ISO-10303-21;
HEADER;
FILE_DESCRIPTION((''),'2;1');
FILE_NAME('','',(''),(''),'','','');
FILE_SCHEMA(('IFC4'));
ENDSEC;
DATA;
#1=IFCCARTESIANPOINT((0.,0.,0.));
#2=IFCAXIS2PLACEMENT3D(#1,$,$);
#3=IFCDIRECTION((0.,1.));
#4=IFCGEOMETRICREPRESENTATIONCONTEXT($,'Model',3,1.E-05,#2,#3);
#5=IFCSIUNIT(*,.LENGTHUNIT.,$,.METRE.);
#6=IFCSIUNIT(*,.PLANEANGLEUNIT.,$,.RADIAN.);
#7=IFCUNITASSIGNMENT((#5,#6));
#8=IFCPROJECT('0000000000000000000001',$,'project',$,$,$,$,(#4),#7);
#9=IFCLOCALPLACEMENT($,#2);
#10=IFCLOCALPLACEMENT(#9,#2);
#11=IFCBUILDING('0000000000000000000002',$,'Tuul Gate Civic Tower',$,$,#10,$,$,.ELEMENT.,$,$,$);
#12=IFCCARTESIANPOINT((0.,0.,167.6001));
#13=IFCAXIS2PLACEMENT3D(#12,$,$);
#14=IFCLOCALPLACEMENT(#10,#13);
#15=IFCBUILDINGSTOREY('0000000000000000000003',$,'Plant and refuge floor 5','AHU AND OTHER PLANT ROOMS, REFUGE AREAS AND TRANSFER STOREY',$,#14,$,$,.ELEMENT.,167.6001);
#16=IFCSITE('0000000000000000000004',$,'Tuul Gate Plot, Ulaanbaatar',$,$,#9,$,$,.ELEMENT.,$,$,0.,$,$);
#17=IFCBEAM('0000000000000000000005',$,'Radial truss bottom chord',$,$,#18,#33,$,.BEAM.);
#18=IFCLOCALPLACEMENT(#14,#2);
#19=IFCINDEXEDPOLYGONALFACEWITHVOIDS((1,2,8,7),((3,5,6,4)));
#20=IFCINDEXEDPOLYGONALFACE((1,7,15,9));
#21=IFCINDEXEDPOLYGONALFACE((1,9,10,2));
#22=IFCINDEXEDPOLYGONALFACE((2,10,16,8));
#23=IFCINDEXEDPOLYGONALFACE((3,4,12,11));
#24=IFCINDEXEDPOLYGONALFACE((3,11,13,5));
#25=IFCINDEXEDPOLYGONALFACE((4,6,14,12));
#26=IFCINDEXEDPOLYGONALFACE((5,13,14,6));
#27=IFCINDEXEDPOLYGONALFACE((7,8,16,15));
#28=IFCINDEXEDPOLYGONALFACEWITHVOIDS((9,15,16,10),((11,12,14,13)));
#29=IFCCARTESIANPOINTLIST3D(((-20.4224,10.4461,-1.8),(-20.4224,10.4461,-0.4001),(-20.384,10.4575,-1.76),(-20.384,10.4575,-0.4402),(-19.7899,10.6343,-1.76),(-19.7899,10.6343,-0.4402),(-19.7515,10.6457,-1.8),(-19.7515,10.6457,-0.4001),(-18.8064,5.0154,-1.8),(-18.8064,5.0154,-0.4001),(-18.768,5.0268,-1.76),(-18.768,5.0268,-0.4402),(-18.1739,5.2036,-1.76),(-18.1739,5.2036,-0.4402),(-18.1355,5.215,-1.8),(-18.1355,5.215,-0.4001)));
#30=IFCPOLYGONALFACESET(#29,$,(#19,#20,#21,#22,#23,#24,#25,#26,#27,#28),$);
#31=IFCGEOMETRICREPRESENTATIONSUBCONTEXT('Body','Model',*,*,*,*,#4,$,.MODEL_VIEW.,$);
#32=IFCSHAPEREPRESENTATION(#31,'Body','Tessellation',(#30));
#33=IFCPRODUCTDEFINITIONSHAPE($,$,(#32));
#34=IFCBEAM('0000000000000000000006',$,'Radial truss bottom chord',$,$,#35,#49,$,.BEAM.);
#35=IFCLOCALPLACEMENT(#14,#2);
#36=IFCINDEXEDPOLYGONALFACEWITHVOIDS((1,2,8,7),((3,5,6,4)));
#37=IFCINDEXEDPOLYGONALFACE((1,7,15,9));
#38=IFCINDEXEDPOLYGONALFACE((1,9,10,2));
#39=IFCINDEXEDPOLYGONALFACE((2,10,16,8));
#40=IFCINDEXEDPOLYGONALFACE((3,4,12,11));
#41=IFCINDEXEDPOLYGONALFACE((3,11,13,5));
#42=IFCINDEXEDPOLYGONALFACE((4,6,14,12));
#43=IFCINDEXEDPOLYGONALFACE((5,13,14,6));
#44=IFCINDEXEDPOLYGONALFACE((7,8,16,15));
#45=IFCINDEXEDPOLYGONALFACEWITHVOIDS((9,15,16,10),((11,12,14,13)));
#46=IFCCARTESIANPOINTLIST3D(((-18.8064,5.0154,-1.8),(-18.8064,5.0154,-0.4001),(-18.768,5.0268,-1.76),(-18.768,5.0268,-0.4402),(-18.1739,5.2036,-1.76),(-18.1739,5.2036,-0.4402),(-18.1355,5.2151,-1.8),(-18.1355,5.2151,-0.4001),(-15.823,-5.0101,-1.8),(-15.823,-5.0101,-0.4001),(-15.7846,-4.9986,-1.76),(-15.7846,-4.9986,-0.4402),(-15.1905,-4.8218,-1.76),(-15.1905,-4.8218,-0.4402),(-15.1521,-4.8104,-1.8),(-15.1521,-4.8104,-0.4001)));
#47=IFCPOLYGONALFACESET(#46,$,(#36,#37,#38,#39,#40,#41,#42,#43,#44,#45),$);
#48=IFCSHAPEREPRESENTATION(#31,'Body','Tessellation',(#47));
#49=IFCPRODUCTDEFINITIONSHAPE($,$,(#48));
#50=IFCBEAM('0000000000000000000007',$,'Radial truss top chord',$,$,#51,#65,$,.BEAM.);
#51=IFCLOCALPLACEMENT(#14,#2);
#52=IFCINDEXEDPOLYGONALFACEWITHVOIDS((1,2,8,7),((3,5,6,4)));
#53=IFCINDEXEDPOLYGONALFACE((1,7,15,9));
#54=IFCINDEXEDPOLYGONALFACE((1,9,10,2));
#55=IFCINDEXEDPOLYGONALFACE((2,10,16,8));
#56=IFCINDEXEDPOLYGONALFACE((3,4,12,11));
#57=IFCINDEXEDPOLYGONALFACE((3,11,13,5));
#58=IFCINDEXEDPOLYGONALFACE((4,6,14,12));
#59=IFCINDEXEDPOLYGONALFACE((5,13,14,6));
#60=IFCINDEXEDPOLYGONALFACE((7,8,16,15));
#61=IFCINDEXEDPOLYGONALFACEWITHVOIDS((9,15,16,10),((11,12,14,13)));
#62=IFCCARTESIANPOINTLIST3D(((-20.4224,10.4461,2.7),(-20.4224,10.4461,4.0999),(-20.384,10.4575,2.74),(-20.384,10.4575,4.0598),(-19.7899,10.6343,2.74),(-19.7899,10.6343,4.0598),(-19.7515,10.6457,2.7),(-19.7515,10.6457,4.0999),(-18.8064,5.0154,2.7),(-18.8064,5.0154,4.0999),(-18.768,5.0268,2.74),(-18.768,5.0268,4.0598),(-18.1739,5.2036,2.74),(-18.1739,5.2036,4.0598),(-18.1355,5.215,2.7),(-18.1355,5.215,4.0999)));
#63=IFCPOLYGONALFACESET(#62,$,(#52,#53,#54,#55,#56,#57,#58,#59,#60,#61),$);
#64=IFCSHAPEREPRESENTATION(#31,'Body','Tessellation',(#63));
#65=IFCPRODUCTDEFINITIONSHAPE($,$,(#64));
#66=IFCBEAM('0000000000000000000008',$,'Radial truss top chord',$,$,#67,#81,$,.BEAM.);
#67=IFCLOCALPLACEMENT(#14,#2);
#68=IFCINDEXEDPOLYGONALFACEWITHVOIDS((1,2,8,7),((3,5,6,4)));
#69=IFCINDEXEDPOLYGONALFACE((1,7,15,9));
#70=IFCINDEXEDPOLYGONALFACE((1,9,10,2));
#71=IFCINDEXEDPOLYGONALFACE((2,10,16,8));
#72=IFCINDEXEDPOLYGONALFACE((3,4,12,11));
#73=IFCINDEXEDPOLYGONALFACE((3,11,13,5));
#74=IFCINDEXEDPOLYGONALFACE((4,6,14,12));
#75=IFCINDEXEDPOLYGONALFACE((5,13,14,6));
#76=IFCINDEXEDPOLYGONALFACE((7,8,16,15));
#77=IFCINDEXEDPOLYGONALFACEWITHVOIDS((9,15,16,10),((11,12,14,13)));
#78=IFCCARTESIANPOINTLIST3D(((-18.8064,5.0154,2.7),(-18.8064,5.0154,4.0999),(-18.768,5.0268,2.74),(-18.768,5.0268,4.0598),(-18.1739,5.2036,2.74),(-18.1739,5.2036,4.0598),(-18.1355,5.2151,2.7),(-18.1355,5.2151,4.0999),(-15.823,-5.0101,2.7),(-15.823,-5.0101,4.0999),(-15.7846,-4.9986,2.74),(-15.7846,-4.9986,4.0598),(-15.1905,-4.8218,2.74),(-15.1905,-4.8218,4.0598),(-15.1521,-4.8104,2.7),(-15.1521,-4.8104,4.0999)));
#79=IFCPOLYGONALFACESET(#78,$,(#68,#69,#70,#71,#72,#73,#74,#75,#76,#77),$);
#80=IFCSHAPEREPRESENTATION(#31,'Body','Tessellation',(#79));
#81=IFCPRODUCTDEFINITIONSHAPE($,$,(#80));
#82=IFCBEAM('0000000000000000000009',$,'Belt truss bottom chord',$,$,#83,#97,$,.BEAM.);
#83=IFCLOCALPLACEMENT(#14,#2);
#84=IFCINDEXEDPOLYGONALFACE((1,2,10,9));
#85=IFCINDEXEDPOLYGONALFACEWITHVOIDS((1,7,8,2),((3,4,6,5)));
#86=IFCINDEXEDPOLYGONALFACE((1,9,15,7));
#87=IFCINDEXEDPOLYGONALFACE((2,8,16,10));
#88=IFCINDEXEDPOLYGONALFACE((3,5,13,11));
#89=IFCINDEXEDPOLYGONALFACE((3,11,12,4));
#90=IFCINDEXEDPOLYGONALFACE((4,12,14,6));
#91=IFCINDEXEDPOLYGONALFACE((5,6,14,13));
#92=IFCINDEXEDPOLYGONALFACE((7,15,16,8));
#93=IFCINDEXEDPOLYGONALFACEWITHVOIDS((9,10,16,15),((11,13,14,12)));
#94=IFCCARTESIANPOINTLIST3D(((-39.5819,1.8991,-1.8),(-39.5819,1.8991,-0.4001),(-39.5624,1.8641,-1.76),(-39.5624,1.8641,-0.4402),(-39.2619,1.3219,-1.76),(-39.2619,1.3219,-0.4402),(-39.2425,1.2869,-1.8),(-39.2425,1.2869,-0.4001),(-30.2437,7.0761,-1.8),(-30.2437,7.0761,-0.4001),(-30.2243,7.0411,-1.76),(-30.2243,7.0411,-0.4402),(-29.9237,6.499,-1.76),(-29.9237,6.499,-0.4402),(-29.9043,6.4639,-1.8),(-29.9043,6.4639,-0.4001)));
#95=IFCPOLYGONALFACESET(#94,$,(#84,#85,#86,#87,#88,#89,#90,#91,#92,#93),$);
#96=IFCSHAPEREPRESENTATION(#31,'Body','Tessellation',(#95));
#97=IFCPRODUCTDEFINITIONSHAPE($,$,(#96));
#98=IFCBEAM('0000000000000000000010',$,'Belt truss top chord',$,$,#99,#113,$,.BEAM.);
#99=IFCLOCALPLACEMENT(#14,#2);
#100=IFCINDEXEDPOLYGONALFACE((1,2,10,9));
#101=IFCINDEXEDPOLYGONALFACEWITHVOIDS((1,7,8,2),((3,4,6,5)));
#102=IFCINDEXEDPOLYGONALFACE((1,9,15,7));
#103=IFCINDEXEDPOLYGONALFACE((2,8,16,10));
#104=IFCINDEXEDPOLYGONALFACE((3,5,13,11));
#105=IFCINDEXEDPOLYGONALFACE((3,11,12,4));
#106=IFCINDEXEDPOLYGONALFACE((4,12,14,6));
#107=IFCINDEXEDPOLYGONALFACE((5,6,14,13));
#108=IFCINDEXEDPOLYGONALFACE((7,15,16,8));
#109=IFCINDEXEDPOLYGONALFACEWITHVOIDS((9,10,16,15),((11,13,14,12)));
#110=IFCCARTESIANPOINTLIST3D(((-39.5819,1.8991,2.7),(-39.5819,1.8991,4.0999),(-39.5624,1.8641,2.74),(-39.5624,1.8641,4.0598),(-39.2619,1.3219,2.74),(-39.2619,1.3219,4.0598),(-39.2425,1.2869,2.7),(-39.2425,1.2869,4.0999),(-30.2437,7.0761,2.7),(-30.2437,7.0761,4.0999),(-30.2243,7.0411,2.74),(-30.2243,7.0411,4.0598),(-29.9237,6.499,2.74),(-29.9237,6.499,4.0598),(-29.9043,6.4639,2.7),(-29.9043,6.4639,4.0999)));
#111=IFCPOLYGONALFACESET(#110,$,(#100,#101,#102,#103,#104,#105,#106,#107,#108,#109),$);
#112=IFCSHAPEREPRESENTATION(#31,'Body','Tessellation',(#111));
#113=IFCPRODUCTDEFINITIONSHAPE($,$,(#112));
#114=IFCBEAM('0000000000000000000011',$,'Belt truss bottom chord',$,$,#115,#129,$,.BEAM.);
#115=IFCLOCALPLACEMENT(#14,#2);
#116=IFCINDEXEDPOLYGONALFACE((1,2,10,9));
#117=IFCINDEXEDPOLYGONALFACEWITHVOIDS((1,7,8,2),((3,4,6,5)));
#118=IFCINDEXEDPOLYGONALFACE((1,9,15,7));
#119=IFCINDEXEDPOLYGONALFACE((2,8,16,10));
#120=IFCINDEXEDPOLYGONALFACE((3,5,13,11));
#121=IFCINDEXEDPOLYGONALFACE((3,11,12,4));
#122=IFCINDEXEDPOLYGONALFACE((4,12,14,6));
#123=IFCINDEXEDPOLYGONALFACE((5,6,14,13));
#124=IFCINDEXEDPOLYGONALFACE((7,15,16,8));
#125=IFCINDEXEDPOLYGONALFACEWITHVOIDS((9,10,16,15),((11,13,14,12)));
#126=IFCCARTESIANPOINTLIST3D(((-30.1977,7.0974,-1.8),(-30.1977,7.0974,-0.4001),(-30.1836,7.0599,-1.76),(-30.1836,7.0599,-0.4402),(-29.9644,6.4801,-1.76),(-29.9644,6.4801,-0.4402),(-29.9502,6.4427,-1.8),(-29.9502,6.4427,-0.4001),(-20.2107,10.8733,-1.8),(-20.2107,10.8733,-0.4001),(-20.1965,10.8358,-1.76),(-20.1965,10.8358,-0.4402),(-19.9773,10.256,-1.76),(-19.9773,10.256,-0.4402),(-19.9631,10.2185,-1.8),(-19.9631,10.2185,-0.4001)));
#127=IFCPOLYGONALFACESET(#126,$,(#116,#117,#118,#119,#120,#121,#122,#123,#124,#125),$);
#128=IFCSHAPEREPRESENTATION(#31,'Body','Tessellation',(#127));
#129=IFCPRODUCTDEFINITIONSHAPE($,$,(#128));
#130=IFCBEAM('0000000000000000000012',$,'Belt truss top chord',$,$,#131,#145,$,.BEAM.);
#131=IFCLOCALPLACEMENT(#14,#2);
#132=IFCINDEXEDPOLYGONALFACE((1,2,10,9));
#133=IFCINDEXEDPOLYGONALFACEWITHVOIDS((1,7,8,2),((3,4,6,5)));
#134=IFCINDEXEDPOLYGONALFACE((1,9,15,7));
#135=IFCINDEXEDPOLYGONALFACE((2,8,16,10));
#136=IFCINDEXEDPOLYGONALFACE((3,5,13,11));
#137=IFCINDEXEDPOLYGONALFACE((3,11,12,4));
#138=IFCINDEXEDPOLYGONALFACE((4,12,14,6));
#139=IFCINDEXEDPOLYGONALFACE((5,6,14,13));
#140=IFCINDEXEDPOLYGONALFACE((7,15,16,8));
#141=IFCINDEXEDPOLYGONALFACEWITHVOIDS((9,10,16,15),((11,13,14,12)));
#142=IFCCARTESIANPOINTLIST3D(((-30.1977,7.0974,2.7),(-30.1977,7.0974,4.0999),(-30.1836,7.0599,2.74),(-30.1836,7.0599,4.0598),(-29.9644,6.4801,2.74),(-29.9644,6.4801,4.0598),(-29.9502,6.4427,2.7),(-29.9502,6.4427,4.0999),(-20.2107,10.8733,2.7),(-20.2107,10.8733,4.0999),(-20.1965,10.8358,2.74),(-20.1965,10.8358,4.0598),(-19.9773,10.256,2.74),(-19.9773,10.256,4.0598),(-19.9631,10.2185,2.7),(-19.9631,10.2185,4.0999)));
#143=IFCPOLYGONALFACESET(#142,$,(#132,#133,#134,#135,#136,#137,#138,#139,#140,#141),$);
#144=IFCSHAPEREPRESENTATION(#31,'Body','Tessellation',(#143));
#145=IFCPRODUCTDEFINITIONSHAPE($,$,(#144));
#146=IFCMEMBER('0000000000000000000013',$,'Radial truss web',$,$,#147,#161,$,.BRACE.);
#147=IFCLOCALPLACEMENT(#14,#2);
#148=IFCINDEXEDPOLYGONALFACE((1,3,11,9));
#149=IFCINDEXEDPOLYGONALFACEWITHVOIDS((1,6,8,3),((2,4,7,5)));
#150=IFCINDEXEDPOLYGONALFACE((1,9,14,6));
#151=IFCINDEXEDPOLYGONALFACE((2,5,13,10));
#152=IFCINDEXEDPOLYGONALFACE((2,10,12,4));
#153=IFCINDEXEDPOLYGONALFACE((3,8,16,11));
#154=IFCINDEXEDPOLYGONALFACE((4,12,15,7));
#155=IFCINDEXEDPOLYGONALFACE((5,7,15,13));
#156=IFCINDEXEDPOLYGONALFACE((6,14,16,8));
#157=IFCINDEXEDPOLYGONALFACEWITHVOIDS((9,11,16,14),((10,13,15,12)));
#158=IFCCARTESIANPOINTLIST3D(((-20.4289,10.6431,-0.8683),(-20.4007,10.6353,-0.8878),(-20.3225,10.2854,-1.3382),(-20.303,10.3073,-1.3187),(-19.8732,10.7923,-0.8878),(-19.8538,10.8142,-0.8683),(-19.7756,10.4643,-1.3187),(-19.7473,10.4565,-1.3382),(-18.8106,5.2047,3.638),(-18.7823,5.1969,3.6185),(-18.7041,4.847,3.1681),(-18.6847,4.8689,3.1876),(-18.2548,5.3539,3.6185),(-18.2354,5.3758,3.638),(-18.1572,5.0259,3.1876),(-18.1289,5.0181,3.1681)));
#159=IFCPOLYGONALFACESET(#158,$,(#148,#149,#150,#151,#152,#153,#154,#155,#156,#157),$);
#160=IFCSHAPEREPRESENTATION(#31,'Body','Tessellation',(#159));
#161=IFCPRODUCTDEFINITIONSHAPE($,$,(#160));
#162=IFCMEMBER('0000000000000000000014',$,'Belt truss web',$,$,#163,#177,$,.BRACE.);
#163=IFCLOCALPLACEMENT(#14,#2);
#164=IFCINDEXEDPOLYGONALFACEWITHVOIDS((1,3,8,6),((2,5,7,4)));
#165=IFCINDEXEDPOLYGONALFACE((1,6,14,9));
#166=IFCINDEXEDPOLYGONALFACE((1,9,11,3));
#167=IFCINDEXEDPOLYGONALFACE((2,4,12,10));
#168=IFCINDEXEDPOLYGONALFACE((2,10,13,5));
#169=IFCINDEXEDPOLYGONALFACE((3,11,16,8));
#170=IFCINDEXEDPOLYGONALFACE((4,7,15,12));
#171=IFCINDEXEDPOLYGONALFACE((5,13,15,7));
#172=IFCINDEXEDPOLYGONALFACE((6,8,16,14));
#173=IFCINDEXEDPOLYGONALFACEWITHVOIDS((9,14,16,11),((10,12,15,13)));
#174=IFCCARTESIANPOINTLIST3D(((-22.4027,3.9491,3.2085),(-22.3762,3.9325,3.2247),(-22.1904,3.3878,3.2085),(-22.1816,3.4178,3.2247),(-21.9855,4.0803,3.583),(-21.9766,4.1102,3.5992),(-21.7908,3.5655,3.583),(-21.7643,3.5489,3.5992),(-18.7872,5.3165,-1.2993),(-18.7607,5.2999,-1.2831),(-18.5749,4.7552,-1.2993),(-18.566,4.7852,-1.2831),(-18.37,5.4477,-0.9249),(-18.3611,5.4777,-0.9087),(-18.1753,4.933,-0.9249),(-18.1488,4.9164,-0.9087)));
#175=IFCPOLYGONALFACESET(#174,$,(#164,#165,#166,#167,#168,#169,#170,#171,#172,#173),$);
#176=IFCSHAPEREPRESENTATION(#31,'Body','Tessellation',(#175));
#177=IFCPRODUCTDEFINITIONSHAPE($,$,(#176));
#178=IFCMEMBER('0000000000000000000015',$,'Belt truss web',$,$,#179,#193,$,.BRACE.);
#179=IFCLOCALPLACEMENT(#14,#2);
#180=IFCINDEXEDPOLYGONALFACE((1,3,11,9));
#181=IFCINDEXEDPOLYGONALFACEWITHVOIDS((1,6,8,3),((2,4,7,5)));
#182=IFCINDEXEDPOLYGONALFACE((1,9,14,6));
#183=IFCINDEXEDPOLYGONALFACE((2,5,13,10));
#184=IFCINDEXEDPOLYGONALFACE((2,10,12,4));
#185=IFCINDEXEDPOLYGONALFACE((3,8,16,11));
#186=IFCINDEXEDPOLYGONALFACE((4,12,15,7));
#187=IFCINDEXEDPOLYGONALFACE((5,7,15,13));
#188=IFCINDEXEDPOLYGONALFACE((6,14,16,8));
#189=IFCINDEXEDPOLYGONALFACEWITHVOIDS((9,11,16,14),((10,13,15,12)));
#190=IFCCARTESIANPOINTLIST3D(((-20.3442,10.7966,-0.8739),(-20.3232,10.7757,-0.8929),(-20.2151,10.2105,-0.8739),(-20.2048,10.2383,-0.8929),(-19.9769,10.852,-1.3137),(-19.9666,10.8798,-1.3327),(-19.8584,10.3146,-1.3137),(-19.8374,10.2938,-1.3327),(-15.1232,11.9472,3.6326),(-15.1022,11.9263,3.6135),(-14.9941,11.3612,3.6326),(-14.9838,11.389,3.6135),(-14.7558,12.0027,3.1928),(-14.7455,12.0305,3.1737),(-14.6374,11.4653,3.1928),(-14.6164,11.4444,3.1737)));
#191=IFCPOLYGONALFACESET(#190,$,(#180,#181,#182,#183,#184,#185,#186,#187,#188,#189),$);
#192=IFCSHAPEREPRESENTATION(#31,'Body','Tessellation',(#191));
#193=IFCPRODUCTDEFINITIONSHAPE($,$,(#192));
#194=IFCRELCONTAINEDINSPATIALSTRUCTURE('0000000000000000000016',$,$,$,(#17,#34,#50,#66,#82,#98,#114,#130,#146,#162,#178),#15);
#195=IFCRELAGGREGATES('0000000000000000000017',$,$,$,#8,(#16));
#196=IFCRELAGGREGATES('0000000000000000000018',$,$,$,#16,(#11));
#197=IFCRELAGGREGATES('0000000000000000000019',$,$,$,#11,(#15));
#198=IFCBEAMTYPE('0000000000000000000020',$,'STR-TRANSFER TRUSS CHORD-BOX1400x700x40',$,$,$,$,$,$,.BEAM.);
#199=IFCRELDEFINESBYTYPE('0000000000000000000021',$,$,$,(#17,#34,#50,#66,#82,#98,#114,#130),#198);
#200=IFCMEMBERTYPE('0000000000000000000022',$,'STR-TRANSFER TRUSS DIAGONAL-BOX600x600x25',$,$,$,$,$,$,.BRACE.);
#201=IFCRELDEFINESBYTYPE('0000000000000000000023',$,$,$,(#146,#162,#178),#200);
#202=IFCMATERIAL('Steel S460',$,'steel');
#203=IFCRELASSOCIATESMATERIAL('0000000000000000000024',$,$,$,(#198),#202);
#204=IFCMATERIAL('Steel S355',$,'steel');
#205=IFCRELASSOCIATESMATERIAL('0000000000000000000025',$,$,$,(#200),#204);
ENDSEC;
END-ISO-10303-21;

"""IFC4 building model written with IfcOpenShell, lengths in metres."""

from ifc_helpers import new_model, si_unit, direction, frame, origin, origin_2d, place, context, subcontext, project, spatial, hollow_rectangle, extrude, material, material_profile, profile_set, type_object, element, save


model = new_model("IFC4")

# Units and contexts
model_context = context("Model", 3, precision=1e-05, world=origin(), true_north=direction((0.0, 1.0)))
body_context = subcontext(model_context, "Body", "Model", "MODEL_VIEW")
ifc_project = project(units=[si_unit("LENGTHUNIT", "METRE"), si_unit("PLANEANGLEUNIT", "RADIAN")], contexts=[model_context])

# Site, building, storey
site_placement = place(None, origin())
site = spatial("IfcSite", under=ifc_project, at=site_placement, Name="Tuul Gate Plot, Ulaanbaatar", CompositionType="ELEMENT", RefElevation=0.0)
building_placement = place(site_placement, origin())
building = spatial("IfcBuilding", under=site, at=building_placement, Name="Tuul Gate Civic Tower", CompositionType="ELEMENT")
storey_placement = place(building_placement, frame((0.0, 0.0, 167.6001)))
storey = spatial("IfcBuildingStorey", under=building, at=storey_placement, Name="Plant and refuge floor 5", Description="AHU AND OTHER PLANT ROOMS, REFUGE AREAS AND TRANSFER STOREY", CompositionType="ELEMENT", Elevation=167.6001)

# Beams
ifc_material_1 = material(Name="Steel S460", Category="steel")
ifc_material_profile_1 = material_profile(ifc_material_1, hollow_rectangle(XDim=0.7, YDim=1.3999, WallThickness=0.04, at=origin_2d()), Name="BOX1400x700x40")
ifc_profile_set_1 = profile_set([ifc_material_profile_1], Name="Steel S460")
beam_type = type_object("IfcBeamType", Name="STR-TRANSFER TRUSS CHORD-BOX1400x700x40", PredefinedType="BEAM", material=ifc_profile_set_1)
beam_1_placement = place(storey_placement, frame((-20.0869, 10.5459, -1.1001), z_axis=(0.285205, -0.958467, 0.0), x_axis=(0.958467, 0.285205, 0.0)))
element("IfcBeam", 1, at=beam_1_placement, inside=storey, type_object=beam_type, Name="Radial truss bottom chord", PredefinedType="BEAM", context=body_context, shape_type="SweptSolid", body=[
    extrude(hollow_rectangle(XDim=0.7, YDim=1.3999, WallThickness=0.04, at=origin_2d()), origin(), (0.0, 0.0, 1.0), 5.666),
])
beam_2_placement = place(storey_placement, frame((-18.4709, 5.1152, -1.1001), z_axis=(0.285223, -0.958461, 0.0), x_axis=(0.958461, 0.285223, 0.0)))
element("IfcBeam", 2, at=beam_2_placement, inside=storey, type_object=beam_type, Name="Radial truss bottom chord", PredefinedType="BEAM", context=body_context, shape_type="SweptSolid", body=[
    extrude(hollow_rectangle(XDim=0.7, YDim=1.3999, WallThickness=0.04, at=origin_2d()), origin(), (0.0, 0.0, 1.0), 10.46),
])
beam_3_placement = place(storey_placement, frame((-20.0869, 10.5459, 3.3999), z_axis=(0.285205, -0.958467, 0.0), x_axis=(0.958467, 0.285205, 0.0)))
element("IfcBeam", 3, at=beam_3_placement, inside=storey, type_object=beam_type, Name="Radial truss top chord", PredefinedType="BEAM", context=body_context, shape_type="SweptSolid", body=[
    extrude(hollow_rectangle(XDim=0.7, YDim=1.3999, WallThickness=0.04, at=origin_2d()), origin(), (0.0, 0.0, 1.0), 5.666),
])
beam_4_placement = place(storey_placement, frame((-18.4709, 5.1152, 3.3999), z_axis=(0.285223, -0.958461, 0.0), x_axis=(0.958461, 0.285223, 0.0)))
element("IfcBeam", 4, at=beam_4_placement, inside=storey, type_object=beam_type, Name="Radial truss top chord", PredefinedType="BEAM", context=body_context, shape_type="SweptSolid", body=[
    extrude(hollow_rectangle(XDim=0.7, YDim=1.3999, WallThickness=0.04, at=origin_2d()), origin(), (0.0, 0.0, 1.0), 10.46),
])
for number, where, z_axis, x_axis, name in (
    (5, (-30.074, 6.77, -1.1001), (-0.874588, -0.484866, 0.0), (0.484866, -0.874588, 0.0), "Belt truss bottom chord"),
    (6, (-30.074, 6.77, 3.3999), (-0.874588, -0.484866, 0.0), (0.484866, -0.874588, 0.0), "Belt truss top chord"),
):
    element("IfcBeam", number, at=place(storey_placement, frame(where, z_axis=z_axis, x_axis=x_axis)), inside=storey, type_object=beam_type, Name=name, PredefinedType="BEAM", context=body_context, shape_type="SweptSolid", body=[
        extrude(hollow_rectangle(XDim=0.7, YDim=1.3999, WallThickness=0.04, at=origin_2d()), origin(), (0.0, 0.0, 1.0), 10.6772),
    ])
for number, where, z_axis, x_axis, name in (
    (7, (-20.0869, 10.5459, -1.1001), (-0.93538, -0.353646, 0.0), (0.353646, -0.93538, 0.0), "Belt truss bottom chord"),
    (8, (-20.0869, 10.5459, 3.3999), (-0.93538, -0.353646, 0.0), (0.353646, -0.93538, 0.0), "Belt truss top chord"),
):
    element("IfcBeam", number, at=place(storey_placement, frame(where, z_axis=z_axis, x_axis=x_axis)), inside=storey, type_object=beam_type, Name=name, PredefinedType="BEAM", context=body_context, shape_type="SweptSolid", body=[
        extrude(hollow_rectangle(XDim=0.7, YDim=1.3999, WallThickness=0.04, at=origin_2d()), origin(), (0.0, 0.0, 1.0), 10.677),
    ])

# Members
ifc_material_2 = material(Name="Steel S355", Category="steel")
ifc_material_profile_2 = material_profile(ifc_material_2, hollow_rectangle(XDim=0.6001, YDim=0.6001, WallThickness=0.0249, at=origin_2d()), Name="BOX600x600x25")
ifc_profile_set_2 = profile_set([ifc_material_profile_2], Name="Steel S355")
member_type_1 = type_object("IfcMemberType", Name="STR-TRANSFER TRUSS DIAGONAL-BOX600x600x25", PredefinedType="BRACE", material=ifc_profile_set_2)
member_1_placement = place(storey_placement, frame((-20.0881, 10.5498, -1.1033), z_axis=(0.223354, -0.750556, 0.621915), x_axis=(0.958461, 0.285223, 0.0)))
element("IfcMember", 9, at=member_1_placement, inside=storey, type_object=member_type_1, Name="Radial truss web", PredefinedType="BRACE", context=body_context, shape_type="SweptSolid", body=[
    extrude(hollow_rectangle(XDim=0.6001, YDim=0.6001, WallThickness=0.0249, at=origin_2d()), origin(), (0.0, 0.0, 1.0), 7.2458),
])
member_2_placement = place(storey_placement, frame((-18.468, 5.1165, -1.104), z_axis=(-0.608853, -0.230278, 0.759124), x_axis=(0.353759, -0.935337, 0.0)))
element("IfcMember", 10, at=member_2_placement, inside=storey, type_object=member_type_1, Name="Belt truss web", PredefinedType="BRACE", context=body_context, shape_type="SweptSolid", body=[
    extrude(hollow_rectangle(XDim=0.6001, YDim=0.6001, WallThickness=0.0249, at=origin_2d()), origin(), (0.0, 0.0, 1.0), 5.9382),
])
member_3_placement = place(storey_placement, frame((-20.0908, 10.5452, -1.1033), z_axis=(0.746693, 0.164562, 0.644492), x_axis=(-0.215223, 0.976565, 0.0)))
element("IfcMember", 11, at=member_3_placement, inside=storey, type_object=member_type_1, Name="Belt truss web", PredefinedType="BRACE", context=body_context, shape_type="SweptSolid", body=[
    extrude(hollow_rectangle(XDim=0.6001, YDim=0.6001, WallThickness=0.0249, at=origin_2d()), origin(), (0.0, 0.0, 1.0), 6.9922),
])

save(model, "model.ifc")
